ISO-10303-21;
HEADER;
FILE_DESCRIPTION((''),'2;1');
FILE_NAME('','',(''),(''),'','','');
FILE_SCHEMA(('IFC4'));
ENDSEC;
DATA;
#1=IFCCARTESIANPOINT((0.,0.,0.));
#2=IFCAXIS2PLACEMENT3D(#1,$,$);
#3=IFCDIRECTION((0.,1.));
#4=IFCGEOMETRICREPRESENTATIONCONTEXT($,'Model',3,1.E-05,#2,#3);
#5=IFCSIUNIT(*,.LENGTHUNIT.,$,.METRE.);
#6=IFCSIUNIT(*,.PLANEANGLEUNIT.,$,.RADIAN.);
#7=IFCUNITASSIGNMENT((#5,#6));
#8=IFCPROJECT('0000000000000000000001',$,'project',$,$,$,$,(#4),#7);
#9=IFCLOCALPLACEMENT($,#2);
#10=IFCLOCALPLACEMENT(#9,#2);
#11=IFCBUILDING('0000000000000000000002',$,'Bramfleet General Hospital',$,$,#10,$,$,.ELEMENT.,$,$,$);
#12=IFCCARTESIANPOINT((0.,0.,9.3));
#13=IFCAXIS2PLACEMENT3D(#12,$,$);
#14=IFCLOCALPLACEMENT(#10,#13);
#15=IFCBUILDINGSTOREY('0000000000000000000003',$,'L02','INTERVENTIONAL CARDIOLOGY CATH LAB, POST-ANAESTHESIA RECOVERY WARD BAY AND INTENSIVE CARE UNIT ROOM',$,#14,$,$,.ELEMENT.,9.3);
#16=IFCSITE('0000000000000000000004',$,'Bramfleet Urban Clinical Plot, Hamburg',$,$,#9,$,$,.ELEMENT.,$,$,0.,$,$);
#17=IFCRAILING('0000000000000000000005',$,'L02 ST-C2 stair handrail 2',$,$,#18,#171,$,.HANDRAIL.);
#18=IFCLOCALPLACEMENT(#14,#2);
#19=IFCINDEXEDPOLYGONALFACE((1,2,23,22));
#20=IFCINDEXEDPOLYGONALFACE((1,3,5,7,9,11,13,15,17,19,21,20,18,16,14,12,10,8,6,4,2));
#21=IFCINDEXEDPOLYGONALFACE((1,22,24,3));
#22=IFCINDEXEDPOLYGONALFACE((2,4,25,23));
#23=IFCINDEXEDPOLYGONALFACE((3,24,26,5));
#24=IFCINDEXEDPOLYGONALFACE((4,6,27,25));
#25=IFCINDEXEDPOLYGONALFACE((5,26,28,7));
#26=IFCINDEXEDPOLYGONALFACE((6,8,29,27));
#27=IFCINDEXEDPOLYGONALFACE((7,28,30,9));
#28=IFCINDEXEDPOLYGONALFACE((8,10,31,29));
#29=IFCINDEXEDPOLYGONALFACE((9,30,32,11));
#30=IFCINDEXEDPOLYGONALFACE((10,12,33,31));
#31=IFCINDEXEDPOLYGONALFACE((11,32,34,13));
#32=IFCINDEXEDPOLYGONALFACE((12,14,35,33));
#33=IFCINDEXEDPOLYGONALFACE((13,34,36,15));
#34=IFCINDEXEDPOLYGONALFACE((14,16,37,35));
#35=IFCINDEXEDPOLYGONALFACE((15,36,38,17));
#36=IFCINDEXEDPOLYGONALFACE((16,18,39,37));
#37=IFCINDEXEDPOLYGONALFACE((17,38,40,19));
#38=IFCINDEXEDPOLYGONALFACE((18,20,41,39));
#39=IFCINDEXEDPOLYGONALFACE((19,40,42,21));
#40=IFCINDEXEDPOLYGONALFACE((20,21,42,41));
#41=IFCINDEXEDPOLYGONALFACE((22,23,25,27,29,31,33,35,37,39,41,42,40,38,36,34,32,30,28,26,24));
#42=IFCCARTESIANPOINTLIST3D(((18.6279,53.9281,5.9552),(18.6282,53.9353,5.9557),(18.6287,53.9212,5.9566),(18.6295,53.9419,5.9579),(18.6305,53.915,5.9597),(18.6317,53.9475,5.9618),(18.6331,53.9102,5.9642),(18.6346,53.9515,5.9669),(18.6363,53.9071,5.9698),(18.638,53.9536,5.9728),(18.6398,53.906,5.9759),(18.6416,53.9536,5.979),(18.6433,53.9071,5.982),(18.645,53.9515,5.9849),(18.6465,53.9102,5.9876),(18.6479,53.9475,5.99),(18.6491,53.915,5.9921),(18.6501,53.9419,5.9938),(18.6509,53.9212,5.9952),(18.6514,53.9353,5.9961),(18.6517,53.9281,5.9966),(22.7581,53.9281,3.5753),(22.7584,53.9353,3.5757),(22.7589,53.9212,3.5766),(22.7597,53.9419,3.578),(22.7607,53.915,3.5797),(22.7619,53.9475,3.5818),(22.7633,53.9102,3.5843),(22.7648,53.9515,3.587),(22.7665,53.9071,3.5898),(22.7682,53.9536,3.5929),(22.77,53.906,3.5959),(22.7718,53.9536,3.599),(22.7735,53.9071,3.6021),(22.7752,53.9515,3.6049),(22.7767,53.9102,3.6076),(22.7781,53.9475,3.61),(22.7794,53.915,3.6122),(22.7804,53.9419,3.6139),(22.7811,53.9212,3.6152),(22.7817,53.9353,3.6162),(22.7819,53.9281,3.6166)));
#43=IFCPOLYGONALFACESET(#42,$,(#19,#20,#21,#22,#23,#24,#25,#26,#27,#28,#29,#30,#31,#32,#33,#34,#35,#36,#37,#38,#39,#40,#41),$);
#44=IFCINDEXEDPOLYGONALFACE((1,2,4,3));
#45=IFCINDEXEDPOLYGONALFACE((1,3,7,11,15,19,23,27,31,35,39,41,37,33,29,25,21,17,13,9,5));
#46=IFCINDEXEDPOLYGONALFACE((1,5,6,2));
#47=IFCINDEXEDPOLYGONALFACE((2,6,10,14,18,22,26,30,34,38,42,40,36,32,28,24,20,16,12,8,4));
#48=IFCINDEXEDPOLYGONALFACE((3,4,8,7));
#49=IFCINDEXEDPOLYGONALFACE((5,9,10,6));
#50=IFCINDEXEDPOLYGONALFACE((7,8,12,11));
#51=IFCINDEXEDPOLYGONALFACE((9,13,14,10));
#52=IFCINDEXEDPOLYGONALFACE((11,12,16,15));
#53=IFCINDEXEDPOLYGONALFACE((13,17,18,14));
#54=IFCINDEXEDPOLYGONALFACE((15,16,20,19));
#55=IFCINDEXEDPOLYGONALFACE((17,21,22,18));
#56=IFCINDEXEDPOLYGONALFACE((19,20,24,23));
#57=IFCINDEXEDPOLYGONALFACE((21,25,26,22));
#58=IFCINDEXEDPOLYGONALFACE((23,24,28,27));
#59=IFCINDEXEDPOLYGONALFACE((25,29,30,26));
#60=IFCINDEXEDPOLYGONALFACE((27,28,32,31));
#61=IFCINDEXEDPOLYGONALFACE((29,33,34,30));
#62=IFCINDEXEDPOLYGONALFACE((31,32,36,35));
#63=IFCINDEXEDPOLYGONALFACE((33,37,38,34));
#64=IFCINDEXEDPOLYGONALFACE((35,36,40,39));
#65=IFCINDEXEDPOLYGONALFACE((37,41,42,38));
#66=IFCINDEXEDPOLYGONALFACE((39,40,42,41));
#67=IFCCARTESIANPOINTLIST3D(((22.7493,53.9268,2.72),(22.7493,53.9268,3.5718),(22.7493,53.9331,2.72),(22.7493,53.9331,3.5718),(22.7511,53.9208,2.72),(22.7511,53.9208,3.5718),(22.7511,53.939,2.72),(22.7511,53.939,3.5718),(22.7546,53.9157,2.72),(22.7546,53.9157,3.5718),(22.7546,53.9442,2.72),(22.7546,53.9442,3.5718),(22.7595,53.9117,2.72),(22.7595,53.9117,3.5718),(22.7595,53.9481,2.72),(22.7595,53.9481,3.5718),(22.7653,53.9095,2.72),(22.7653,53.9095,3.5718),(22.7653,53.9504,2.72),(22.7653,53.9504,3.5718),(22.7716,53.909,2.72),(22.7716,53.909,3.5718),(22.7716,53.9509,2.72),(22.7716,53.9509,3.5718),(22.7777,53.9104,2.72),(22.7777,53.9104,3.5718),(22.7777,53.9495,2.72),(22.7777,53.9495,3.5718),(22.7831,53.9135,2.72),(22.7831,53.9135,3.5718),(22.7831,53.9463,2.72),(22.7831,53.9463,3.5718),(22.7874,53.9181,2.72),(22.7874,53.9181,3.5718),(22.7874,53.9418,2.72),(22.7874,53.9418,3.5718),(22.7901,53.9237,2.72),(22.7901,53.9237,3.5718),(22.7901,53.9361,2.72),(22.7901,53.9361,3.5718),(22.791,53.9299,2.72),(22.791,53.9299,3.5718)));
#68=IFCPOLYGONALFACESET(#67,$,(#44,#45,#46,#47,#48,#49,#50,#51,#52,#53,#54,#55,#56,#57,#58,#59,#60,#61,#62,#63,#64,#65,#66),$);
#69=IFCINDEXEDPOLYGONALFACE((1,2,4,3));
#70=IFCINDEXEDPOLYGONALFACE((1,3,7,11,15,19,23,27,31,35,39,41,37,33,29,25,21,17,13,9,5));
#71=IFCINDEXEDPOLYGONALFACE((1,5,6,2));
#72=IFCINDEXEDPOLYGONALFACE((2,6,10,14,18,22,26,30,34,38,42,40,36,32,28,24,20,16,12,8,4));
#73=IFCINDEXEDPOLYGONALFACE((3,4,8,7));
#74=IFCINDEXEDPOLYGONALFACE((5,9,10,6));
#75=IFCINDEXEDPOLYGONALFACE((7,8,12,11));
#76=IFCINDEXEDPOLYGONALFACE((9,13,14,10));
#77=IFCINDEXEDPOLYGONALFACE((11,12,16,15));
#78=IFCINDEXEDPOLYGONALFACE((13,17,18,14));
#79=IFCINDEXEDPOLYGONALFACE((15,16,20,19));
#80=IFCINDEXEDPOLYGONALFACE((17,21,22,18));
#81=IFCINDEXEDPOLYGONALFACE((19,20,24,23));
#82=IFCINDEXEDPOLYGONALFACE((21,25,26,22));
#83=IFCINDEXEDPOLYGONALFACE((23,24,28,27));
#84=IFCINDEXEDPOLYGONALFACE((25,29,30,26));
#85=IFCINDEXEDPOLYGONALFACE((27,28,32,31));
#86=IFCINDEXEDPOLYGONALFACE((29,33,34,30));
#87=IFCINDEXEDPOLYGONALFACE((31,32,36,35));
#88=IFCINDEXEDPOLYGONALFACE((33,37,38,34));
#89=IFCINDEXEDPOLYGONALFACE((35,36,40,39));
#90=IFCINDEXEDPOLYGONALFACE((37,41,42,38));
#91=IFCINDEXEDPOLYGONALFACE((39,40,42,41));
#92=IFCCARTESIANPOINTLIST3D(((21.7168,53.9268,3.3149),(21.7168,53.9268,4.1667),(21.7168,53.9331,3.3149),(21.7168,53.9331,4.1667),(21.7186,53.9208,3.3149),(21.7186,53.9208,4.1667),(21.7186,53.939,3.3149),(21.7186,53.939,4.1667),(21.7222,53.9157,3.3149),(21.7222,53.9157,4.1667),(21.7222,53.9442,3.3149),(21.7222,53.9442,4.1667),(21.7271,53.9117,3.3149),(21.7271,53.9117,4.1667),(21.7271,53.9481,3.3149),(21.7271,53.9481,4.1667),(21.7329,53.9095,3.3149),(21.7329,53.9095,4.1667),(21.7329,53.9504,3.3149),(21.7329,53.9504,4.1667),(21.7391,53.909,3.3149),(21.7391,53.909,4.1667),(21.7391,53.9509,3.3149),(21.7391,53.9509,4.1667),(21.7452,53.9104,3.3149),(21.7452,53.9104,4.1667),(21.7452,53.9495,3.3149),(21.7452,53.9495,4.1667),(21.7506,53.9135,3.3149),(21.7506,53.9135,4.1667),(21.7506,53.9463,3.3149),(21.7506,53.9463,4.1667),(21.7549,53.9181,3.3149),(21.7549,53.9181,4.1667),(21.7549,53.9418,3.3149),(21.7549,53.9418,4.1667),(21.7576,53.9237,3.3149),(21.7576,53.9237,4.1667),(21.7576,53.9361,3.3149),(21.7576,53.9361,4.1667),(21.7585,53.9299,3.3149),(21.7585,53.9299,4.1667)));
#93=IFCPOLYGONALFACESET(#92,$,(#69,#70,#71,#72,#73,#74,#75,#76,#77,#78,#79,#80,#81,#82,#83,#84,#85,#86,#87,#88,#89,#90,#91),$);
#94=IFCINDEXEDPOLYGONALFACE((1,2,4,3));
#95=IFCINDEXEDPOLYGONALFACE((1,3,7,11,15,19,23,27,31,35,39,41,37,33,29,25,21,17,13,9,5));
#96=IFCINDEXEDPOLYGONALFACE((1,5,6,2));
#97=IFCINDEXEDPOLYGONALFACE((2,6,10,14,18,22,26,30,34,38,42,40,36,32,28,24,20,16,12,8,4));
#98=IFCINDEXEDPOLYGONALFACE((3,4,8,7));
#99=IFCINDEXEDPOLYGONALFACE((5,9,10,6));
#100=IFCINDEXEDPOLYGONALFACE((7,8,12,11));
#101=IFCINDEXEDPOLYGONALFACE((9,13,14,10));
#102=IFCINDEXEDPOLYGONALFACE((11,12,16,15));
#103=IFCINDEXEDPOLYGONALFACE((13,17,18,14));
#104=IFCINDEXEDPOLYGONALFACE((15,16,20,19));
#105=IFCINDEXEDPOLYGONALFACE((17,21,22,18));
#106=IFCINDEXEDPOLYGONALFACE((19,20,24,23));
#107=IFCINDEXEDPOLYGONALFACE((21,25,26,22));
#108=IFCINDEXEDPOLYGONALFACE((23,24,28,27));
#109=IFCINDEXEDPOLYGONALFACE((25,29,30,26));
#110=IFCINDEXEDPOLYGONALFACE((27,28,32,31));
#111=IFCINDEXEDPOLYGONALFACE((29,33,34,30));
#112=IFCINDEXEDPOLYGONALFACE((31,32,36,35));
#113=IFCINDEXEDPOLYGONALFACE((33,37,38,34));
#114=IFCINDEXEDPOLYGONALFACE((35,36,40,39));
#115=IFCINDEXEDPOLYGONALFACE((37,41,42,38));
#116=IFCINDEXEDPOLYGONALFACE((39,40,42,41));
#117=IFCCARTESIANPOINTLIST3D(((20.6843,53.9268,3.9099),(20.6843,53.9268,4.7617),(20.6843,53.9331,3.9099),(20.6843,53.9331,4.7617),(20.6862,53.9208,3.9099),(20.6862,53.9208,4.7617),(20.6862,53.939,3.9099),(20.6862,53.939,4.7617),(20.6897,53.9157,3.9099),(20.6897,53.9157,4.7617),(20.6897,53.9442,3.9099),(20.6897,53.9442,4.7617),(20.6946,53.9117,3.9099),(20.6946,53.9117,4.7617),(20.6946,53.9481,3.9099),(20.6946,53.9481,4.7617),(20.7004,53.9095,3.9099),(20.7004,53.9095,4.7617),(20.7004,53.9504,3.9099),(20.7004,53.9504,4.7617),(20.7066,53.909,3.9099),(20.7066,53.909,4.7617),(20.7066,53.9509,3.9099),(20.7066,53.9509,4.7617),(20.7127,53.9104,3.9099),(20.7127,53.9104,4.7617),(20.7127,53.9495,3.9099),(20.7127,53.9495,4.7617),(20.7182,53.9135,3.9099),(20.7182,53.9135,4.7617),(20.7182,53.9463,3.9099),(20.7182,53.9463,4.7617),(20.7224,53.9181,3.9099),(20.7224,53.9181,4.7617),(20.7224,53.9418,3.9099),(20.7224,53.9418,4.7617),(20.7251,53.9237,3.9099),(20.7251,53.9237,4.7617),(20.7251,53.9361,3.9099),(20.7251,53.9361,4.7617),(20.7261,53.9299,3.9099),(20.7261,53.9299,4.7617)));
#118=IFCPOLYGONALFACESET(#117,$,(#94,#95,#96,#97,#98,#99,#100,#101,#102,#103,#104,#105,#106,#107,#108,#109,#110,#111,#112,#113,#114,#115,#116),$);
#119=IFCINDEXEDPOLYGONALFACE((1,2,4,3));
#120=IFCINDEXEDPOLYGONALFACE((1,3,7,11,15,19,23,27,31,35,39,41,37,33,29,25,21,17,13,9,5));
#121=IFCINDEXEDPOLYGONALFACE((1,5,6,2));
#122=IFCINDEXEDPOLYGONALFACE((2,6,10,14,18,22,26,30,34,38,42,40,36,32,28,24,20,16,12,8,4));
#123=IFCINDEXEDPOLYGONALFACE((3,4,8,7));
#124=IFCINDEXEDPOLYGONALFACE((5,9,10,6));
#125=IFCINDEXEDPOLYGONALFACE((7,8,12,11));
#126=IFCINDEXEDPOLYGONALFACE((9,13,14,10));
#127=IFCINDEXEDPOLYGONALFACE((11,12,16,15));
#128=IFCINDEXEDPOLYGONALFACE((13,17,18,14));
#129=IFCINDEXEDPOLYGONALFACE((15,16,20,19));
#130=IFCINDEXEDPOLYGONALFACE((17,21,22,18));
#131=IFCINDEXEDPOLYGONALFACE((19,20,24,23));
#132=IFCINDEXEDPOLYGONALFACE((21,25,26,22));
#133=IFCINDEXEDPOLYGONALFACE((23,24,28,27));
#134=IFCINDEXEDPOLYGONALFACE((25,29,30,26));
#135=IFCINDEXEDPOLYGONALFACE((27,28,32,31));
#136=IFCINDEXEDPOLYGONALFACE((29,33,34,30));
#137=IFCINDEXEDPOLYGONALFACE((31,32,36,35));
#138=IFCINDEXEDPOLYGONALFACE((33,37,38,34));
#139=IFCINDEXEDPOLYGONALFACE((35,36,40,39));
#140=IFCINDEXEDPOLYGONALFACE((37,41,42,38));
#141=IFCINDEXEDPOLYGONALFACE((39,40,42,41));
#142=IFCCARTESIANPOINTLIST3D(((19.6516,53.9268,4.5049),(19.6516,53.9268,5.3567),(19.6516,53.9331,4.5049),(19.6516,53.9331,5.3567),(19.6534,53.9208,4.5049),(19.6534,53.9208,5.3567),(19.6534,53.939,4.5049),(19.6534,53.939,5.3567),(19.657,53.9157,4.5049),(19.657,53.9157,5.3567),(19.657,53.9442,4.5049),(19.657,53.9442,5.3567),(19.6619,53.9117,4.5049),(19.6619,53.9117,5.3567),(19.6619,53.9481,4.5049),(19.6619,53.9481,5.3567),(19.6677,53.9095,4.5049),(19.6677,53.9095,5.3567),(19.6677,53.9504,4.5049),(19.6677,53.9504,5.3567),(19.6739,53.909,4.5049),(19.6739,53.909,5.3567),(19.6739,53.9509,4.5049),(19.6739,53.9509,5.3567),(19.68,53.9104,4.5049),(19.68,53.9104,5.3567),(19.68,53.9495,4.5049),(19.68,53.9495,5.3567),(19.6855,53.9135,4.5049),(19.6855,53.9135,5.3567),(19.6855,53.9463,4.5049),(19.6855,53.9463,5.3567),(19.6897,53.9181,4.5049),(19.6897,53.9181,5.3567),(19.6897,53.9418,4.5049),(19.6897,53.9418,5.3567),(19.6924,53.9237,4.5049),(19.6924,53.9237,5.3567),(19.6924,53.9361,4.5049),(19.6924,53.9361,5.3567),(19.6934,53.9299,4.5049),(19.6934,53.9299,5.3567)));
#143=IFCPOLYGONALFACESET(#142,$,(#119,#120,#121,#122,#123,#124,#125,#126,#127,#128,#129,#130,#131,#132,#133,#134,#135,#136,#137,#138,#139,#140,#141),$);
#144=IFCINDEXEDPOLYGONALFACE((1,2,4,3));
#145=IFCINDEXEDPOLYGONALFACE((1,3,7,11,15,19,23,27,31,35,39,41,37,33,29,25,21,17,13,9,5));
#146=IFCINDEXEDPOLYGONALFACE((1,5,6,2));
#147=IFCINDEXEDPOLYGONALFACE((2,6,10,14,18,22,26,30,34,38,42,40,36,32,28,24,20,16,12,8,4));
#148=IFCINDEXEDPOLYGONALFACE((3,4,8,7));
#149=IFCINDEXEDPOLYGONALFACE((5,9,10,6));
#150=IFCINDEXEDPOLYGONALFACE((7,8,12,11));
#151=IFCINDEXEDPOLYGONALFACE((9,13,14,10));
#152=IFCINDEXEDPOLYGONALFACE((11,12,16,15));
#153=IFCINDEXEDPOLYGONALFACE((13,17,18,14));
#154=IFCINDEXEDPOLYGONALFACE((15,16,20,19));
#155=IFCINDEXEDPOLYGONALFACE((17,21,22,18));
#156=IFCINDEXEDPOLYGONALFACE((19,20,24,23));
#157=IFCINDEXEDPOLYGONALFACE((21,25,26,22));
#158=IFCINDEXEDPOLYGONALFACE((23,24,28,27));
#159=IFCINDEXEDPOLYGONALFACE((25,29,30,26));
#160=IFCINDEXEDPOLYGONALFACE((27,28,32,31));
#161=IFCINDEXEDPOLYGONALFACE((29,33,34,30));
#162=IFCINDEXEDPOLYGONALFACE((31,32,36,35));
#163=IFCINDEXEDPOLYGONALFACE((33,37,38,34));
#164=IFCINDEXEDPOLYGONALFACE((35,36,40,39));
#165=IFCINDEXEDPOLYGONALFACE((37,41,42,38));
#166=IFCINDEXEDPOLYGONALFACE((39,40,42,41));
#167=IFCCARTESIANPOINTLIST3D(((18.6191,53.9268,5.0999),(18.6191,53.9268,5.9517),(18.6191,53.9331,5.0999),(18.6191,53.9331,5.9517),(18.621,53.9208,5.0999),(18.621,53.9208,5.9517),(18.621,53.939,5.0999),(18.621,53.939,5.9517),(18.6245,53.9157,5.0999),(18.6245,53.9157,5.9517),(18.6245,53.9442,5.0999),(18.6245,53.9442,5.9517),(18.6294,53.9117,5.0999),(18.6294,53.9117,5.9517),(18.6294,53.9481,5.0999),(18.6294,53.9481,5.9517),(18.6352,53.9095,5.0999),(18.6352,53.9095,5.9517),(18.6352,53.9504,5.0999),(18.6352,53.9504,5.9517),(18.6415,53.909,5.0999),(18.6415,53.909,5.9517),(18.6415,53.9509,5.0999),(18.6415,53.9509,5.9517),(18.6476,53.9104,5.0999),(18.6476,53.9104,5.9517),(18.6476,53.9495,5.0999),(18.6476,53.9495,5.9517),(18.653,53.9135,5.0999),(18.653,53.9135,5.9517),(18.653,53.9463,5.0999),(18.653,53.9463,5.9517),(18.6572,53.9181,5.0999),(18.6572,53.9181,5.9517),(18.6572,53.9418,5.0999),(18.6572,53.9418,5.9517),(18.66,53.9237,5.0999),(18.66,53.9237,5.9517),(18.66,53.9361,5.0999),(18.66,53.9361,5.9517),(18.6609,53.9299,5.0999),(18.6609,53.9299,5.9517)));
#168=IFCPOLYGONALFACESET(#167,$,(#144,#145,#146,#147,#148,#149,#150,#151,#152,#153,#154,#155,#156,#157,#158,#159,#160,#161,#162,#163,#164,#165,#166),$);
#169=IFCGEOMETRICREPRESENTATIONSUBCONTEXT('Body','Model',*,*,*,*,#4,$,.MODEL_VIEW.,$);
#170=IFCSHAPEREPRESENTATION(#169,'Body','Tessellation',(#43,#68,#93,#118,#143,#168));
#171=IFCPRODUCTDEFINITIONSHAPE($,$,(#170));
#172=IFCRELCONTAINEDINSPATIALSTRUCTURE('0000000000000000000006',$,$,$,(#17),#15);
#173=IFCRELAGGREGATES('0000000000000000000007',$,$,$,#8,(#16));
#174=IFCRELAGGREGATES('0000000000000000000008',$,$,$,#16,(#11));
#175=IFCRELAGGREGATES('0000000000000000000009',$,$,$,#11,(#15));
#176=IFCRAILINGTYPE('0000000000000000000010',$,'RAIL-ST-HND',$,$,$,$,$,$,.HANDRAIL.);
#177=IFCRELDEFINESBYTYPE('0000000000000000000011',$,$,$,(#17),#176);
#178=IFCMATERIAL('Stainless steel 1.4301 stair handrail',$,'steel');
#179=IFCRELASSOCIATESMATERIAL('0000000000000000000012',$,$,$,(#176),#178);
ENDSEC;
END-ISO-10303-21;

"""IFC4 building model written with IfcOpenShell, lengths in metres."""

from ifc_helpers import new_model, si_unit, direction, frame, origin, origin_2d, place, context, subcontext, project, spatial, circle, extrude, material, type_object, element, save


model = new_model("IFC4")

# Units and contexts
model_context = context("Model", 3, precision=1e-05, world=origin(), true_north=direction((0.0, 1.0)))
body_context = subcontext(model_context, "Body", "Model", "MODEL_VIEW")
ifc_project = project(units=[si_unit("LENGTHUNIT", "METRE"), si_unit("PLANEANGLEUNIT", "RADIAN")], contexts=[model_context])

# Site, building, storey
site_placement = place(None, origin())
site = spatial("IfcSite", under=ifc_project, at=site_placement, Name="Bramfleet Urban Clinical Plot, Hamburg", CompositionType="ELEMENT", RefElevation=0.0)
building_placement = place(site_placement, origin())
building = spatial("IfcBuilding", under=site, at=building_placement, Name="Bramfleet General Hospital", CompositionType="ELEMENT")
storey_placement = place(building_placement, frame((0.0, 0.0, 9.3)))
storey = spatial("IfcBuildingStorey", under=building, at=storey_placement, Name="L02", Description="INTERVENTIONAL CARDIOLOGY CATH LAB, POST-ANAESTHESIA RECOVERY WARD BAY AND INTENSIVE CARE UNIT ROOM", CompositionType="ELEMENT", Elevation=9.3)

# Railing
ifc_material_1 = material(Name="Stainless steel 1.4301 stair handrail", Category="steel")
railing_type_1 = type_object("IfcRailingType", Name="RAIL-ST-HND", PredefinedType="HANDRAIL", material=ifc_material_1)
railing_1_placement = place(storey_placement, frame((22.77, 53.9299, 2.72)))
element("IfcRailing", 1, at=railing_1_placement, inside=storey, type_object=railing_type_1, Name="L02 ST-C2 stair handrail 2", PredefinedType="HANDRAIL", context=body_context, shape_type="SweptSolid", body=[
    extrude(circle(Radius=0.0239, at=origin_2d()), frame((0.0, 0.0, 0.876), z_axis=(-0.866447, 0.0, 0.499269), x_axis=(0.0, -1.0, 0.0)), (0.0, 0.0, 1.0), 4.7668),
    extrude(circle(Radius=0.021, at=origin_2d()), origin(), (0.0, 0.0, 1.0), 0.8518),
    extrude(circle(Radius=0.021, at=origin_2d()), frame((-1.0325, 0.0, 0.595)), (0.0, 0.0, 1.0), 0.8518),
    extrude(circle(Radius=0.021, at=origin_2d()), frame((-2.0649, 0.0, 1.1899)), (0.0, 0.0, 1.0), 0.8518),
    extrude(circle(Radius=0.021, at=origin_2d()), frame((-3.0977, 0.0, 1.7849)), (0.0, 0.0, 1.0), 0.8518),
    extrude(circle(Radius=0.021, at=origin_2d()), frame((-4.1301, 0.0, 2.3799)), (0.0, 0.0, 1.0), 0.8518),
])

save(model, "model.ifc")
